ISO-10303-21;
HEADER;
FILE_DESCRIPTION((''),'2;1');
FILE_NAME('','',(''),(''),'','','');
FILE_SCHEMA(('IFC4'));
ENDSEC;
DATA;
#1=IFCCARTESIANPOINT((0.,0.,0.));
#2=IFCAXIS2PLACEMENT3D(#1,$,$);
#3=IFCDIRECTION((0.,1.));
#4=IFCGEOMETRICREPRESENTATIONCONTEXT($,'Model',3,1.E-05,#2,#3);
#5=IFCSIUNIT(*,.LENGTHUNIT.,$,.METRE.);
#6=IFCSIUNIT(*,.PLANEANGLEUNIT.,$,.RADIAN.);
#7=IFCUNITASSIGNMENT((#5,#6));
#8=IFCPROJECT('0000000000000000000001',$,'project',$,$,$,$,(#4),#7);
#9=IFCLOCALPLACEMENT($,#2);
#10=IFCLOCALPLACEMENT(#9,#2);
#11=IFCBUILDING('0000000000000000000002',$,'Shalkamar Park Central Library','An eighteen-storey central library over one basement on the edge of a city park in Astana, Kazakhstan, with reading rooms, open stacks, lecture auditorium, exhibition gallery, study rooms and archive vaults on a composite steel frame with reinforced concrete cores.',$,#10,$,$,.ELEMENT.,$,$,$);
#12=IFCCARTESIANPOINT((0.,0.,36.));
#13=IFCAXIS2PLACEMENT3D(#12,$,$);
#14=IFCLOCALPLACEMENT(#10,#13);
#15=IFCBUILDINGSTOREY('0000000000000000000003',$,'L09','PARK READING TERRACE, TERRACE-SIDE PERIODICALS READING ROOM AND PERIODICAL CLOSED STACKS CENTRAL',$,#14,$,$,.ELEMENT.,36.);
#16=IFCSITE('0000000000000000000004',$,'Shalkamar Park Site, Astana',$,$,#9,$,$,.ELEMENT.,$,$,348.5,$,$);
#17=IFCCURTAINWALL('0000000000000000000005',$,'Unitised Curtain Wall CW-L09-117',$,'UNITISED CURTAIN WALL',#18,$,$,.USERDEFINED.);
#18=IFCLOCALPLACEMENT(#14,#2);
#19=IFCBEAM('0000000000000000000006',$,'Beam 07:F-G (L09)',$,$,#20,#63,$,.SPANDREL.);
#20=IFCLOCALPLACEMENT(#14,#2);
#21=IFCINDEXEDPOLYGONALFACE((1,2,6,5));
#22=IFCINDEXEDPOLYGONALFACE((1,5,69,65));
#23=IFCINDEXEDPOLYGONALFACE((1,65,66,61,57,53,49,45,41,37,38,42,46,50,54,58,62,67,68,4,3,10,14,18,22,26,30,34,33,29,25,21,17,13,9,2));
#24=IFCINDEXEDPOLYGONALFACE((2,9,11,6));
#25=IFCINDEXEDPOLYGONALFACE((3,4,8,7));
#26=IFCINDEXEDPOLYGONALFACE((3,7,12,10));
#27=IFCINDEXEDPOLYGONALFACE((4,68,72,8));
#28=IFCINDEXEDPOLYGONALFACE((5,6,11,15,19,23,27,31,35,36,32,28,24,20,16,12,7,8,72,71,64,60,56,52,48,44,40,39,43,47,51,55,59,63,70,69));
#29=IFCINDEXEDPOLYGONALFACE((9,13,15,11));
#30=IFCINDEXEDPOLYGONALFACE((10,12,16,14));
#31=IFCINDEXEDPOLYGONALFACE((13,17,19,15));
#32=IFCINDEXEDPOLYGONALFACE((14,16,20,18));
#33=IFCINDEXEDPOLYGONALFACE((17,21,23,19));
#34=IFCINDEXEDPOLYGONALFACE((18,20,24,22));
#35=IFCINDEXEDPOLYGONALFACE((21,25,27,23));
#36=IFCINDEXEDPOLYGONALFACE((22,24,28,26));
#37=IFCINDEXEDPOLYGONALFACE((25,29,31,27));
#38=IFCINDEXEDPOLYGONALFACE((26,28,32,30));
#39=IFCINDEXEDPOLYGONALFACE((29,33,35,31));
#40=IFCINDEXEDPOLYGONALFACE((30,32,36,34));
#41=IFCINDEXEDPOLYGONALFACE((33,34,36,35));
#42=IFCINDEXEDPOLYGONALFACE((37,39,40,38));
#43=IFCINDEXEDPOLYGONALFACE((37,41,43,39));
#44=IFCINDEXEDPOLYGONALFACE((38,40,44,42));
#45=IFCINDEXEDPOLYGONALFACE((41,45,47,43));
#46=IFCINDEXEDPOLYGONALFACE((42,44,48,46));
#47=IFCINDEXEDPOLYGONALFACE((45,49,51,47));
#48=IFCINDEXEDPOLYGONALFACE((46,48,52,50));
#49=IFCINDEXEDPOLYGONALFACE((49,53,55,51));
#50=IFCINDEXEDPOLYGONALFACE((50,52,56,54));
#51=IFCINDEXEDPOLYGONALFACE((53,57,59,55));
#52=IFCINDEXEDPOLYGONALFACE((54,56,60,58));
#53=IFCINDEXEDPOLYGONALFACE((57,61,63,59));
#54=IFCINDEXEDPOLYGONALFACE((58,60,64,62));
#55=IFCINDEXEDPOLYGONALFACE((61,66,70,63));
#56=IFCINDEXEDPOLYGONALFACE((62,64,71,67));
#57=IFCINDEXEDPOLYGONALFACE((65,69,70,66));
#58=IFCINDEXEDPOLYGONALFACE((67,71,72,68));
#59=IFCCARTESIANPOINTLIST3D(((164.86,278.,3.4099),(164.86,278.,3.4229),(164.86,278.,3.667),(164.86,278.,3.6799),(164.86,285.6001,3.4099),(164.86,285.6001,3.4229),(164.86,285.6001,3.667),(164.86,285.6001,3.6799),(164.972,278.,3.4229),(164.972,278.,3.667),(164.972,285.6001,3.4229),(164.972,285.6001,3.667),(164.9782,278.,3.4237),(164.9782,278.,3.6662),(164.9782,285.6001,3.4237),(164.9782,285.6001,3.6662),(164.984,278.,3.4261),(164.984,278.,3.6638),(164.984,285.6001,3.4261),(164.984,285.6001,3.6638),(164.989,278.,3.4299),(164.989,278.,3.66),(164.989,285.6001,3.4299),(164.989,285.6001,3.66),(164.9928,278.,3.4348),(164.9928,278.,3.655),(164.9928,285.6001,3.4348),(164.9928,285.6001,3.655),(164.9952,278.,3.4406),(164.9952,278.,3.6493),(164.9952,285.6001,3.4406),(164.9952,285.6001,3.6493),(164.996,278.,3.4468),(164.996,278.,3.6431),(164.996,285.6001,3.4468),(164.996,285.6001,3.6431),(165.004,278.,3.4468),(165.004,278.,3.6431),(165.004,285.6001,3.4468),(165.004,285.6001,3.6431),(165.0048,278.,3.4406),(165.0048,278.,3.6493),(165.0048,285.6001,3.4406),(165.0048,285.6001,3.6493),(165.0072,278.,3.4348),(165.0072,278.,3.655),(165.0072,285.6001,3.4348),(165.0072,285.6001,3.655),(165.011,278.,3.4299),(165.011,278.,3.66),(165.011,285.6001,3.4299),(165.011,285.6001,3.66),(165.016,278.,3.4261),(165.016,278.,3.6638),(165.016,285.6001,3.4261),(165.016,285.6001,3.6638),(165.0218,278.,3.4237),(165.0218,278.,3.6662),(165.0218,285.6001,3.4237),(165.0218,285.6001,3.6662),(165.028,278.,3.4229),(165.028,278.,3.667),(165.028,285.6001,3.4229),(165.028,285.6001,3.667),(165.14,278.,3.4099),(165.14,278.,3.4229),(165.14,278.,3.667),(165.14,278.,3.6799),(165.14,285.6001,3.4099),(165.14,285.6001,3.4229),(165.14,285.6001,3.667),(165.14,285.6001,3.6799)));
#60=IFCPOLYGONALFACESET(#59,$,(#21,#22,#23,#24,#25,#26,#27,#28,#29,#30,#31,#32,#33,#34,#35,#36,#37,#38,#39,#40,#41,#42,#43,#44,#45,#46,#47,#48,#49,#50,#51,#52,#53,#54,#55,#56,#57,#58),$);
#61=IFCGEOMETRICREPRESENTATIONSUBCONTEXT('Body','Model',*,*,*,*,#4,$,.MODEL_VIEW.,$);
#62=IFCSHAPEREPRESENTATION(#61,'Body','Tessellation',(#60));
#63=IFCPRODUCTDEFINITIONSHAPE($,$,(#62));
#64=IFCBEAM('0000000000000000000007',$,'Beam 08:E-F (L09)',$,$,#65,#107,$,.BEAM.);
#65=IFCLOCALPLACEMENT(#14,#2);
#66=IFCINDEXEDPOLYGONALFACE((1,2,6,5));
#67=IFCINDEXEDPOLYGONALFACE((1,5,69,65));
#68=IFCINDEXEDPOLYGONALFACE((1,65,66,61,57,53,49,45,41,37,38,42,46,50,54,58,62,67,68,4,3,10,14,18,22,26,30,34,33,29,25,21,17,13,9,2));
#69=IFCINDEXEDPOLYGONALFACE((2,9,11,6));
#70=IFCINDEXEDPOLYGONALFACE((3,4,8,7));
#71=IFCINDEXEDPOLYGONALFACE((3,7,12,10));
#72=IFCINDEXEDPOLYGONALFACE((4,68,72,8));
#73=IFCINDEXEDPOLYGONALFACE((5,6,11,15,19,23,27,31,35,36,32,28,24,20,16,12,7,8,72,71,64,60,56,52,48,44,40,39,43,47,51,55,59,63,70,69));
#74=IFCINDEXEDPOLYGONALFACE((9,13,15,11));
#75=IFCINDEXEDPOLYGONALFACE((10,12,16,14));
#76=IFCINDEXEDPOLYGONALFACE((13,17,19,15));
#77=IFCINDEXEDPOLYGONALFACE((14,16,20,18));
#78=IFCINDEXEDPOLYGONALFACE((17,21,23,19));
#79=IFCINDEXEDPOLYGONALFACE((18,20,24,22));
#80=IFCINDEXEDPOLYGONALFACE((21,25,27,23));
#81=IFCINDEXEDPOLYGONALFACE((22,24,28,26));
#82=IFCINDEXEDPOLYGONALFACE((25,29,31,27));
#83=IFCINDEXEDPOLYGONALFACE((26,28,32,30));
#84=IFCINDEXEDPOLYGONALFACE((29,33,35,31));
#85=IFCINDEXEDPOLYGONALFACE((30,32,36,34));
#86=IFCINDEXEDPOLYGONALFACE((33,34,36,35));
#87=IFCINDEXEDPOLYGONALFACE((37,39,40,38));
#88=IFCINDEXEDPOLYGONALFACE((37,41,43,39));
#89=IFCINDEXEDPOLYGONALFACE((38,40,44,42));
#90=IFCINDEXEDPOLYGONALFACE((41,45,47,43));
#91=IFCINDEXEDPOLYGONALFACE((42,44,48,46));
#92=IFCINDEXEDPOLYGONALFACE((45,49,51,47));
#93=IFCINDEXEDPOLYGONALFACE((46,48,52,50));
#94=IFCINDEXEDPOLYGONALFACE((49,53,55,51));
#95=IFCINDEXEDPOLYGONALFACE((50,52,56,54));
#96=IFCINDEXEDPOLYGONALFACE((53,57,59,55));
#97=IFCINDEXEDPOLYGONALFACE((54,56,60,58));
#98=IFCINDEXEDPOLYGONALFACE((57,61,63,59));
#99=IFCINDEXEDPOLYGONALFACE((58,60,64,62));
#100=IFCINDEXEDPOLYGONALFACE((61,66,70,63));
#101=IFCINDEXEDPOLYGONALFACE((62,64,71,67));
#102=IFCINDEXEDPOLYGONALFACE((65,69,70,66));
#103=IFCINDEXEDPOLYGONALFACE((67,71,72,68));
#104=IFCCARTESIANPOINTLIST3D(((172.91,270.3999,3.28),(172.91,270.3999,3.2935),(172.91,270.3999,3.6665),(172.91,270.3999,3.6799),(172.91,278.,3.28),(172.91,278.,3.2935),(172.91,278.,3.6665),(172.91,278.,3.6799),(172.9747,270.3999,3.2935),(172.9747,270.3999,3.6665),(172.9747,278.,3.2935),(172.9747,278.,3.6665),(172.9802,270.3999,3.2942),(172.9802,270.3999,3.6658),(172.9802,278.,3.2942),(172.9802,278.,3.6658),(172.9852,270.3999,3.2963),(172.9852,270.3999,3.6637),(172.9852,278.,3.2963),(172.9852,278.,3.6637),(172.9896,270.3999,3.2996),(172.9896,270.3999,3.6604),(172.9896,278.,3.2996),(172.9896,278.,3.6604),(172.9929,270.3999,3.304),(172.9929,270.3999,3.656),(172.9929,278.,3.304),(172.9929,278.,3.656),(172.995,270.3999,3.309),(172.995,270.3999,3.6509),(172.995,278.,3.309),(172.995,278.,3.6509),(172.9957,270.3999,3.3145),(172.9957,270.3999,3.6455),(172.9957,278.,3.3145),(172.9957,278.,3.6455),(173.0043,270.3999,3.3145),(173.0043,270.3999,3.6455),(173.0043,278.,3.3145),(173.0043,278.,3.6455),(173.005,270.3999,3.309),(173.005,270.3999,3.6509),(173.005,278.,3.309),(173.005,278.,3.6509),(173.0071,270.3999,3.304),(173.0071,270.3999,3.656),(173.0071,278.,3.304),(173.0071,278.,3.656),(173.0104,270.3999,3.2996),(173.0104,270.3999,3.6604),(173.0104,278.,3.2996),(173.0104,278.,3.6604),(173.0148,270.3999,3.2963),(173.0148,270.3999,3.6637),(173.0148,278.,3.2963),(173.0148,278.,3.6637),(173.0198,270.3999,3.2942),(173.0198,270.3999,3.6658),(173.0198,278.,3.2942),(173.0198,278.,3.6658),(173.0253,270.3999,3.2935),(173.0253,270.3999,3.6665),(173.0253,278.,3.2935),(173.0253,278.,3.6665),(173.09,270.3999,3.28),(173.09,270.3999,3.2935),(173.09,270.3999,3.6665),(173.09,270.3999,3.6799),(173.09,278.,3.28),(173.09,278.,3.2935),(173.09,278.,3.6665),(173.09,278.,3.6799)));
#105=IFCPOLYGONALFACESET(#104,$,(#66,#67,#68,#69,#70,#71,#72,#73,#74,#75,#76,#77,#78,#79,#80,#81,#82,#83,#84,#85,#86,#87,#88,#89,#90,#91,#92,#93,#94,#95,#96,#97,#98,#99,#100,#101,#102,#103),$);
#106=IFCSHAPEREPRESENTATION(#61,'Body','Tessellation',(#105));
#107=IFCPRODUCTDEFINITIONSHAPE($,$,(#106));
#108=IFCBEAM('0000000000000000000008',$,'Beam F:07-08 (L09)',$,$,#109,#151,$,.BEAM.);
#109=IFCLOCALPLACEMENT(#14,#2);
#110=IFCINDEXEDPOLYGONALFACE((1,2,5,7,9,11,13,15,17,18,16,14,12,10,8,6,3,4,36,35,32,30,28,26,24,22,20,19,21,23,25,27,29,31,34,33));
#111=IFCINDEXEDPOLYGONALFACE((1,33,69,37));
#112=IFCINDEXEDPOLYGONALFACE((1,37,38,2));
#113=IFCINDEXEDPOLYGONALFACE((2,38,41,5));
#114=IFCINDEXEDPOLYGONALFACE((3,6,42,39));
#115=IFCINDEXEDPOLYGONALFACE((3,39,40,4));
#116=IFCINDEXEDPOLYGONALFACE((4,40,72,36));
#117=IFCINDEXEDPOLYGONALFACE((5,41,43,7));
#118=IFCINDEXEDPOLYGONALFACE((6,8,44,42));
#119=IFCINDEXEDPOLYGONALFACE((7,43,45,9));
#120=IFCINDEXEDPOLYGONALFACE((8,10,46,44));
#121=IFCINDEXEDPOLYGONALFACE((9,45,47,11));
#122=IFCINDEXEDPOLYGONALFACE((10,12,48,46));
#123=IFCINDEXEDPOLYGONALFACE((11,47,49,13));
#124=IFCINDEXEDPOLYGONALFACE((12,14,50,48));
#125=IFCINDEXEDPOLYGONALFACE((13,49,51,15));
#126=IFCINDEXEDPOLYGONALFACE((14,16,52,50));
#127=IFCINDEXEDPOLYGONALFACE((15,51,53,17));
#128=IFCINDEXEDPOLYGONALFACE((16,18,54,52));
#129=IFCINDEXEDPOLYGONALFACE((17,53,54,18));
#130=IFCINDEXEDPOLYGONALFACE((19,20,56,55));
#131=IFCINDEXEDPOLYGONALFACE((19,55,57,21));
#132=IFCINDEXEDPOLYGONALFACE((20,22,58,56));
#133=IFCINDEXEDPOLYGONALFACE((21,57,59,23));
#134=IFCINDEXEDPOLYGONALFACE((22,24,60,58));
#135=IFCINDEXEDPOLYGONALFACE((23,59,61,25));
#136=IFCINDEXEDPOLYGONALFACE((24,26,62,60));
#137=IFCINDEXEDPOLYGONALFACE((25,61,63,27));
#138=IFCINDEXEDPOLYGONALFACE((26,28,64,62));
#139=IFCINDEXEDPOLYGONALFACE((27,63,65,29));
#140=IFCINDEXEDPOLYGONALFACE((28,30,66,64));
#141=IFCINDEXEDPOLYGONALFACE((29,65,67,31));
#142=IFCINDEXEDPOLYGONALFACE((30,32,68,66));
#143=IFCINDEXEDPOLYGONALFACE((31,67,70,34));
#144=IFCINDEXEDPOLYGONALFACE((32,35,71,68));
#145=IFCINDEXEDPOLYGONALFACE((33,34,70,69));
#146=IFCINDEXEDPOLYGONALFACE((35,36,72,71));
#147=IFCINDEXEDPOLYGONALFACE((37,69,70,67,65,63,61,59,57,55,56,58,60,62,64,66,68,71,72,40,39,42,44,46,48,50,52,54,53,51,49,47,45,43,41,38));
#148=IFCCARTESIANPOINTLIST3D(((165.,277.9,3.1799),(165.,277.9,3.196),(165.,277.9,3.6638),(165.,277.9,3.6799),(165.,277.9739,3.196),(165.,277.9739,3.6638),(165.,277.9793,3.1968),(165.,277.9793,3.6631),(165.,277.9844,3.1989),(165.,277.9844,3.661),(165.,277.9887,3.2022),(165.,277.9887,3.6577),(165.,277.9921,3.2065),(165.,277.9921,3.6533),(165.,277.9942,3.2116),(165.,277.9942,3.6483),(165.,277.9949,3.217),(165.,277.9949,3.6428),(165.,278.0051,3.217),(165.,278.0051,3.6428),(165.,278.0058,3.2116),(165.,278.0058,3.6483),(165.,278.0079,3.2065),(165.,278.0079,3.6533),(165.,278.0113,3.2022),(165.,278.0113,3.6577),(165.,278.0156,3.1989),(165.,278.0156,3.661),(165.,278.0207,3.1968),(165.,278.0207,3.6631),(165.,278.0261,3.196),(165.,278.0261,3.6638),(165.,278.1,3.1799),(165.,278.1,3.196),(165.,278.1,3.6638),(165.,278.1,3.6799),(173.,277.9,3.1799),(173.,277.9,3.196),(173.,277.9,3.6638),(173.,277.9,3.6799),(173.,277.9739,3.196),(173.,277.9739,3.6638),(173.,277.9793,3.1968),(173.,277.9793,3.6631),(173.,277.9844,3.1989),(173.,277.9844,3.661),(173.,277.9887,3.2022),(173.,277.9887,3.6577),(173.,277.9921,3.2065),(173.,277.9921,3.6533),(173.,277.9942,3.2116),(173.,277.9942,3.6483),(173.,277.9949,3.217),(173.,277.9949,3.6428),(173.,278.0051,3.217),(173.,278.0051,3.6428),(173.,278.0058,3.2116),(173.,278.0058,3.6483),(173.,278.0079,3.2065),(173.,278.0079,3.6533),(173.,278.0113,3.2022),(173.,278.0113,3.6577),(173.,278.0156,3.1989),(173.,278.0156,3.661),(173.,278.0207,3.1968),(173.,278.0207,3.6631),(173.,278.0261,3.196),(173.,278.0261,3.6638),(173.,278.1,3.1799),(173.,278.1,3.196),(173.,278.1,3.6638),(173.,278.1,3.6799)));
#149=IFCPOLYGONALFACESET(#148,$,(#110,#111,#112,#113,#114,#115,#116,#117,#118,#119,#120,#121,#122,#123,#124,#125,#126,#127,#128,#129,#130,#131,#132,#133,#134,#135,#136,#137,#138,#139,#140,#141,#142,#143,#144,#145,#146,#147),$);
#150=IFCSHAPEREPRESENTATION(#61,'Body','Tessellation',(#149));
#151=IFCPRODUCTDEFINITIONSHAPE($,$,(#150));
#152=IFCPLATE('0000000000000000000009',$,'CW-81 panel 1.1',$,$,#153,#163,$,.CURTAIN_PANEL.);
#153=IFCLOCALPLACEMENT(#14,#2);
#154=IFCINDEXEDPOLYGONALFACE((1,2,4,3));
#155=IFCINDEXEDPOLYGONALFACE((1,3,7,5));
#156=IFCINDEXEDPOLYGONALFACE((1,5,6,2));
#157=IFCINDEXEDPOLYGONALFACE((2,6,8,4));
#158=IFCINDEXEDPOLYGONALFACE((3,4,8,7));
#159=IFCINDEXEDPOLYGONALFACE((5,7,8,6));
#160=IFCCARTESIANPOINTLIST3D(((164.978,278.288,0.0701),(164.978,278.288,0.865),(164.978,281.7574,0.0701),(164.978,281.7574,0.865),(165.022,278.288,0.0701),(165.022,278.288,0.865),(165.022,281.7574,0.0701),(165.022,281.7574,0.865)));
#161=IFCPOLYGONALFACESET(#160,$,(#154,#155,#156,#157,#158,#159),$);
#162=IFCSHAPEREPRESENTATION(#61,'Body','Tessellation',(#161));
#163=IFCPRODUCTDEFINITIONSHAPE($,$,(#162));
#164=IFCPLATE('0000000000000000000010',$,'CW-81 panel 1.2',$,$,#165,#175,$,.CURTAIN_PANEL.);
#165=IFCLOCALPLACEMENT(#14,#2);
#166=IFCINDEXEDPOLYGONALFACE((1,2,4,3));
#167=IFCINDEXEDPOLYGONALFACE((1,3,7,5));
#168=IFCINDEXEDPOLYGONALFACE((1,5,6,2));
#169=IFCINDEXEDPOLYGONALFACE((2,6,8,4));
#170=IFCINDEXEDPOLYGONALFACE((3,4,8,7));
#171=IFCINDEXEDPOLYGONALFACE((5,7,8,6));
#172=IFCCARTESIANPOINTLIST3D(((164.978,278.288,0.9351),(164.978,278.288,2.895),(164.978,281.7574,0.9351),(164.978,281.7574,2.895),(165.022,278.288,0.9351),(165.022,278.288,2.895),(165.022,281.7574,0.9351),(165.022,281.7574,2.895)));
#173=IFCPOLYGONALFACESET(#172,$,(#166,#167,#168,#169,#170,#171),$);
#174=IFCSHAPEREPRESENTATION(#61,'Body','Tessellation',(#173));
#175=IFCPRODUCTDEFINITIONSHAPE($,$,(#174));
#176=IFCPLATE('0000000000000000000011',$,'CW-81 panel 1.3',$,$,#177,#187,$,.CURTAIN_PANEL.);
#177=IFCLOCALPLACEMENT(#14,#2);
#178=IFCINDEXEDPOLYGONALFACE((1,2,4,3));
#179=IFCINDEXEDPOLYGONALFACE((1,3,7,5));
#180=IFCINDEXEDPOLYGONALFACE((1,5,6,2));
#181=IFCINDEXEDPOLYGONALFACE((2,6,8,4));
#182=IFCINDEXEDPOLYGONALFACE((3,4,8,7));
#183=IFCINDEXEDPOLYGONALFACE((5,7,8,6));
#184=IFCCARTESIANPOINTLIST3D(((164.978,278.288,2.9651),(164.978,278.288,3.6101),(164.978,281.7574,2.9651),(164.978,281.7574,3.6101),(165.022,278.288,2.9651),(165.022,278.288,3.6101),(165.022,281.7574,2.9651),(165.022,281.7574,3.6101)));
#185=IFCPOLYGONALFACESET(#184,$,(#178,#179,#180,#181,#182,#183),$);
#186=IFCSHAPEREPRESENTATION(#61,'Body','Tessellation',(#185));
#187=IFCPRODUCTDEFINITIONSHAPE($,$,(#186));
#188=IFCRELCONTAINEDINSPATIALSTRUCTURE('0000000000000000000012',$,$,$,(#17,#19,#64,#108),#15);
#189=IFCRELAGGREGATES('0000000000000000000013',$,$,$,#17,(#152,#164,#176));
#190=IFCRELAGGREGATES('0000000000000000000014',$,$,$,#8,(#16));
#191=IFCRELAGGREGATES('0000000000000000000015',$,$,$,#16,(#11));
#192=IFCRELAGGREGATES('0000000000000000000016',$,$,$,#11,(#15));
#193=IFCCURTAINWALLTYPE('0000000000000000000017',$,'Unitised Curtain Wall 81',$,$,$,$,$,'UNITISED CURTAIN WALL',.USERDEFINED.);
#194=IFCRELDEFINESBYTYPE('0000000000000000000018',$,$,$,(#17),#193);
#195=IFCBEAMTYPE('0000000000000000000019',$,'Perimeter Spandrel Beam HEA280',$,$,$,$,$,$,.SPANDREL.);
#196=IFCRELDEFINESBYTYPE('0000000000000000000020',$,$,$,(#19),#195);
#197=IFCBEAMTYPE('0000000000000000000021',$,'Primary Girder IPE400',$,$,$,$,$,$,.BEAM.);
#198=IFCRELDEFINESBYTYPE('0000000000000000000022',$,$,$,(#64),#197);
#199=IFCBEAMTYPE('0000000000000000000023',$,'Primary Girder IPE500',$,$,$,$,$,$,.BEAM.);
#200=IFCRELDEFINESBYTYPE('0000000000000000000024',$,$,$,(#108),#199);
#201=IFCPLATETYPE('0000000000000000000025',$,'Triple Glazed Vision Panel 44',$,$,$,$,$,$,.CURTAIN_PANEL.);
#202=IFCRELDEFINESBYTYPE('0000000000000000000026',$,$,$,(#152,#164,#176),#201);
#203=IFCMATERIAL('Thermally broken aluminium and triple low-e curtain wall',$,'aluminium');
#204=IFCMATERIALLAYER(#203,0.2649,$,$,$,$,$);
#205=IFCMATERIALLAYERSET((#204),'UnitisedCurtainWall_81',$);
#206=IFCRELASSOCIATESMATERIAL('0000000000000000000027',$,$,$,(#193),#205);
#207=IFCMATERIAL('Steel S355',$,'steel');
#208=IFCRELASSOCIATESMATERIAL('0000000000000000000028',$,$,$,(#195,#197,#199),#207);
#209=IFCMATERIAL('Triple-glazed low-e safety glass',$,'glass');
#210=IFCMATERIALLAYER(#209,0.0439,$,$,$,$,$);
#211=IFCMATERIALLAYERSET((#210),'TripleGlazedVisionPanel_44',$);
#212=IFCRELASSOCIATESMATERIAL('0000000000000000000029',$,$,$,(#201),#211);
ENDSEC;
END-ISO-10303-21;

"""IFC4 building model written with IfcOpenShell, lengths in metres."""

from ifc_helpers import new_model, si_unit, direction, frame, origin, origin_2d, place, context, subcontext, project, spatial, rectangle, i_section, extrude, material, layer, layer_set, material_profile, profile_set, type_object, element, aggregate, save


model = new_model("IFC4")

# Units and contexts
model_context = context("Model", 3, precision=1e-05, world=origin(), true_north=direction((0.0, 1.0)))
body_context = subcontext(model_context, "Body", "Model", "MODEL_VIEW")
ifc_project = project(units=[si_unit("LENGTHUNIT", "METRE"), si_unit("PLANEANGLEUNIT", "RADIAN")], contexts=[model_context])

# Site, building, storey
site_placement = place(None, origin())
site = spatial("IfcSite", under=ifc_project, at=site_placement, Name="Shalkamar Park Site, Astana", CompositionType="ELEMENT", RefElevation=348.5)
building_placement = place(site_placement, origin())
building = spatial("IfcBuilding", under=site, at=building_placement, Name="Shalkamar Park Central Library", Description="An eighteen-storey central library over one basement on the edge of a city park in Astana, Kazakhstan, with reading rooms, open stacks, lecture auditorium, exhibition gallery, study rooms and archive vaults on a composite steel frame with reinforced concrete cores.", CompositionType="ELEMENT")
storey_placement = place(building_placement, frame((0.0, 0.0, 36.0)))
storey = spatial("IfcBuildingStorey", under=building, at=storey_placement, Name="L09", Description="PARK READING TERRACE, TERRACE-SIDE PERIODICALS READING ROOM AND PERIODICAL CLOSED STACKS CENTRAL", CompositionType="ELEMENT", Elevation=36.0)

# Shared definitions
ifc_material_1 = material(Name="Steel S355", Category="steel")

# Curtain wall
ifc_material_2 = material(Name="Thermally broken aluminium and triple low-e curtain wall", Category="aluminium")
ifc_layer_1 = layer(ifc_material_2, 0.2649)
ifc_layer_set_1 = layer_set([ifc_layer_1], Name="UnitisedCurtainWall_81")
curtain_wall_type = type_object("IfcCurtainWallType", Name="Unitised Curtain Wall 81", ElementType="UNITISED CURTAIN WALL", PredefinedType="USERDEFINED", material=ifc_layer_set_1)
curtain_wall_placement = place(storey_placement, origin())
curtain_wall = element("IfcCurtainWall", 1, at=curtain_wall_placement, inside=storey, type_object=curtain_wall_type, Name="Unitised Curtain Wall CW-L09-117", ObjectType="UNITISED CURTAIN WALL", PredefinedType="USERDEFINED")

# Beams
ifc_material_profile_1 = material_profile(ifc_material_1, i_section(OverallWidth=0.28, OverallDepth=0.27, WebThickness=0.0081, FlangeThickness=0.0129, FilletRadius=0.0239, at=origin_2d()), Name="HEA 280")
ifc_profile_set_1 = profile_set([ifc_material_profile_1], Name="Steel S355")
beam_type_1 = type_object("IfcBeamType", Name="Perimeter Spandrel Beam HEA280", PredefinedType="SPANDREL", material=ifc_profile_set_1)
for number, where, z_axis, x_axis, name in (
    (2, (165.0, 278.0, 3.5449), (0.0, 1.0, 0.0), (-1.0, 0.0, 0.0), "Beam 07:F-G (L09)"),
):
    element("IfcBeam", number, at=place(storey_placement, frame(where, z_axis=z_axis, x_axis=x_axis)), inside=storey, type_object=beam_type_1, Name=name, PredefinedType="SPANDREL", context=body_context, shape_type="SweptSolid", body=[
        extrude(i_section(OverallWidth=0.28, OverallDepth=0.27, WebThickness=0.0081, FlangeThickness=0.0129, FilletRadius=0.0239, at=origin_2d()), origin(), (0.0, 0.0, 1.0), 7.6001),
    ])
ifc_material_profile_2 = material_profile(ifc_material_1, i_section(OverallWidth=0.1799, OverallDepth=0.3999, WebThickness=0.0085, FlangeThickness=0.0134, FilletRadius=0.021, at=origin_2d()), Name="IPE 400")
ifc_profile_set_2 = profile_set([ifc_material_profile_2], Name="Steel S355")
beam_type_2 = type_object("IfcBeamType", Name="Primary Girder IPE400", PredefinedType="BEAM", material=ifc_profile_set_2)
beam_1_placement = place(storey_placement, frame((173.0, 270.3999, 3.48), z_axis=(0.0, 1.0, 0.0), x_axis=(-1.0, 0.0, 0.0)))
element("IfcBeam", 3, at=beam_1_placement, inside=storey, type_object=beam_type_2, Name="Beam 08:E-F (L09)", PredefinedType="BEAM", context=body_context, shape_type="SweptSolid", body=[
    extrude(i_section(OverallWidth=0.1799, OverallDepth=0.3999, WebThickness=0.0085, FlangeThickness=0.0134, FilletRadius=0.021, at=origin_2d()), origin(), (0.0, 0.0, 1.0), 7.6001),
])
ifc_material_profile_3 = material_profile(ifc_material_1, i_section(OverallWidth=0.2, OverallDepth=0.5, WebThickness=0.0103, FlangeThickness=0.0161, FilletRadius=0.021, at=origin_2d()), Name="IPE 500")
ifc_profile_set_3 = profile_set([ifc_material_profile_3], Name="Steel S355")
beam_type_3 = type_object("IfcBeamType", Name="Primary Girder IPE500", PredefinedType="BEAM", material=ifc_profile_set_3)
beam_2_placement = place(storey_placement, frame((165.0, 278.0, 3.4299), z_axis=(1.0, 0.0, 0.0), x_axis=(0.0, 1.0, 0.0)))
element("IfcBeam", 4, at=beam_2_placement, inside=storey, type_object=beam_type_3, Name="Beam F:07-08 (L09)", PredefinedType="BEAM", context=body_context, shape_type="SweptSolid", body=[
    extrude(i_section(OverallWidth=0.2, OverallDepth=0.5, WebThickness=0.0103, FlangeThickness=0.0161, FilletRadius=0.021, at=origin_2d()), origin(), (0.0, 0.0, 1.0), 8.0),
])

# Plates
ifc_material_3 = material(Name="Triple-glazed low-e safety glass", Category="glass")
ifc_layer_2 = layer(ifc_material_3, 0.0439)
ifc_layer_set_2 = layer_set([ifc_layer_2], Name="TripleGlazedVisionPanel_44")
plate_type = type_object("IfcPlateType", Name="Triple Glazed Vision Panel 44", PredefinedType="CURTAIN_PANEL", material=ifc_layer_set_2)
plate_1_placement = place(storey_placement, frame((165.0, 280.0227, 0.0701), z_axis=(0.0, 0.0, 1.0), x_axis=(0.0, 1.0, 0.0)))
plate_1 = element("IfcPlate", 5, at=plate_1_placement, type_object=plate_type, Name="CW-81 panel 1.1", PredefinedType="CURTAIN_PANEL", context=body_context, shape_type="SweptSolid", body=[
    extrude(rectangle(XDim=3.4695, YDim=0.0439, at=origin_2d()), origin(), (0.0, 0.0, 1.0), 0.7949),
])
plate_2_placement = place(storey_placement, frame((165.0, 280.0227, 0.9351), z_axis=(0.0, 0.0, 1.0), x_axis=(0.0, 1.0, 0.0)))
plate_2 = element("IfcPlate", 6, at=plate_2_placement, type_object=plate_type, Name="CW-81 panel 1.2", PredefinedType="CURTAIN_PANEL", context=body_context, shape_type="SweptSolid", body=[
    extrude(rectangle(XDim=3.4695, YDim=0.0439, at=origin_2d()), origin(), (0.0, 0.0, 1.0), 1.96),
])
plate_3_placement = place(storey_placement, frame((165.0, 280.0227, 2.9651), z_axis=(0.0, 0.0, 1.0), x_axis=(0.0, 1.0, 0.0)))
plate_3 = element("IfcPlate", 7, at=plate_3_placement, type_object=plate_type, Name="CW-81 panel 1.3", PredefinedType="CURTAIN_PANEL", context=body_context, shape_type="SweptSolid", body=[
    extrude(rectangle(XDim=3.4695, YDim=0.0439, at=origin_2d()), origin(), (0.0, 0.0, 1.0), 0.645),
])
aggregate(curtain_wall, [plate_1, plate_2, plate_3])

save(model, "model.ifc")
